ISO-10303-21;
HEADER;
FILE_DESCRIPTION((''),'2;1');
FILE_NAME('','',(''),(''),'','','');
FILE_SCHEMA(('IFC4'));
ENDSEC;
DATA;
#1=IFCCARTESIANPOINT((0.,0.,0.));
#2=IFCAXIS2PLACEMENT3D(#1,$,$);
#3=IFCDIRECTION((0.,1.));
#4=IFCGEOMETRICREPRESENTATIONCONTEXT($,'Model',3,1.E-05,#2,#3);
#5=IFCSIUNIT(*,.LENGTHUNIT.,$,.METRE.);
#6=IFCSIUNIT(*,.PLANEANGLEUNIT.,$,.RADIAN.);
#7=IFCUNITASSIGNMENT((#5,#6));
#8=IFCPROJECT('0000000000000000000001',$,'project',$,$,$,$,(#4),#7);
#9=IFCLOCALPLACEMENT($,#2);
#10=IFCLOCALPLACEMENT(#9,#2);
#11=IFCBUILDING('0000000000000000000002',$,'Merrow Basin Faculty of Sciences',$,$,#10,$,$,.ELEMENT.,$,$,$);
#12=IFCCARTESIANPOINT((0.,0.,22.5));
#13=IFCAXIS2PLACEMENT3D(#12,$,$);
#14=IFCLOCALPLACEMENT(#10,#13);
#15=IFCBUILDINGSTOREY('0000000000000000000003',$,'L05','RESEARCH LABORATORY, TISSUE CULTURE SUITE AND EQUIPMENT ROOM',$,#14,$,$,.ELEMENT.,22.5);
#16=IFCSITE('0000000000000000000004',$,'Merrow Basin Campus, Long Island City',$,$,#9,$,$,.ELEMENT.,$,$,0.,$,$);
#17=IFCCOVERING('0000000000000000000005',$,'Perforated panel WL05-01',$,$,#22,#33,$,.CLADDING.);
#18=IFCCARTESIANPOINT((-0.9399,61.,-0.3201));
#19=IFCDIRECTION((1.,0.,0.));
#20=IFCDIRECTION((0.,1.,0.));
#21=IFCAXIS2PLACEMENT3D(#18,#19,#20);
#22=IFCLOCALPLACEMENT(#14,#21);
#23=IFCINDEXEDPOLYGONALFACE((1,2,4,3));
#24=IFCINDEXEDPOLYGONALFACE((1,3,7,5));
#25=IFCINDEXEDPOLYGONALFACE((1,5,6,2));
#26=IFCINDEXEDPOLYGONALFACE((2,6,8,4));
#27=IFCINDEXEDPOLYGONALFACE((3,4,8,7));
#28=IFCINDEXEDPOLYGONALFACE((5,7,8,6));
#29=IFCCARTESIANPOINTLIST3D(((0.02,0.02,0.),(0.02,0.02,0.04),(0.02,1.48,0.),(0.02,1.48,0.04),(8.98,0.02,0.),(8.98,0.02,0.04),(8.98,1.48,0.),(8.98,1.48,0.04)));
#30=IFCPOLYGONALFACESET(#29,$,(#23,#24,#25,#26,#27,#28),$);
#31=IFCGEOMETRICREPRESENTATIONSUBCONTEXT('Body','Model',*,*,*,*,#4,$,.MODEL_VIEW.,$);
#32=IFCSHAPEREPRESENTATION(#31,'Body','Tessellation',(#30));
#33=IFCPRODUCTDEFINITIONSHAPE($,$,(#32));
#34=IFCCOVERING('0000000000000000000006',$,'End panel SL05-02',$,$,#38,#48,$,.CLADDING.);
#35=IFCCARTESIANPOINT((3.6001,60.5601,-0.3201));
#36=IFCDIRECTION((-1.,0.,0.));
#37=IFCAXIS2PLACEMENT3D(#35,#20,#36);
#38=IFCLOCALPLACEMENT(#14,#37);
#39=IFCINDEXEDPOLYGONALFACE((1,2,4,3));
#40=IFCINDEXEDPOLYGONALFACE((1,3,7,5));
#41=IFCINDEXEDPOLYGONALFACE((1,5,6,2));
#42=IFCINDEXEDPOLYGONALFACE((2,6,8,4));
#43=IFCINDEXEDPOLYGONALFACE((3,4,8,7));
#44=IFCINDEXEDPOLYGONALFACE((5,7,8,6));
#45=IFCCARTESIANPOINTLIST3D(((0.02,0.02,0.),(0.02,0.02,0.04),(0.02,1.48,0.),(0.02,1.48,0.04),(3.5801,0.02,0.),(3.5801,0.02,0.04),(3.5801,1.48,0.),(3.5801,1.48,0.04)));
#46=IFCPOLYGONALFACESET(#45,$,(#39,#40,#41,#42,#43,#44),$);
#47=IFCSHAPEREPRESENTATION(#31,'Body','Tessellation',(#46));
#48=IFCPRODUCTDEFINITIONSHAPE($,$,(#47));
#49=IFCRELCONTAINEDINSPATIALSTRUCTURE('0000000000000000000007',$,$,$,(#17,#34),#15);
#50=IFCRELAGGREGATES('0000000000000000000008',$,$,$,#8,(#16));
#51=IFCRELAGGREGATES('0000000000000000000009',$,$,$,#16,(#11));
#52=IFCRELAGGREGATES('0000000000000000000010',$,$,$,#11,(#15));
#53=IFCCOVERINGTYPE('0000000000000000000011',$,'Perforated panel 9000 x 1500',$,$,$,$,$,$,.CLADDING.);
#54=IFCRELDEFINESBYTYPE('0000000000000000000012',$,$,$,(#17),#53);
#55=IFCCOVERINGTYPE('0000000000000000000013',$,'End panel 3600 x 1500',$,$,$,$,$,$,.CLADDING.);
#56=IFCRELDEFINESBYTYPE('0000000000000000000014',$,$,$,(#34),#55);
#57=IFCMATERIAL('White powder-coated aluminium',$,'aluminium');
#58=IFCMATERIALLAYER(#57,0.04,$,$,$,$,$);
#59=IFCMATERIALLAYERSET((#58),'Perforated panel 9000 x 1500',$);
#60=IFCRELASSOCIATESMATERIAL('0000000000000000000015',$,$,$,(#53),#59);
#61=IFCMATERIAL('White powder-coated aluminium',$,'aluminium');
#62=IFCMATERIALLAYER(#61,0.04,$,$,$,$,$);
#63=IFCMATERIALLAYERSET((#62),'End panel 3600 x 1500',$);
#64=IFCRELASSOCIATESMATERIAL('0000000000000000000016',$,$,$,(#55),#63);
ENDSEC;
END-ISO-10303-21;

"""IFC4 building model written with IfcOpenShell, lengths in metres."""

from ifc_helpers import new_model, si_unit, direction, frame, origin, place, context, subcontext, project, spatial, polyline, outline, extrude, source, transform, mapped, material, layer, layer_set, type_object, element, save


model = new_model("IFC4")

# Units and contexts
model_context = context("Model", 3, precision=1e-05, world=origin(), true_north=direction((0.0, 1.0)))
body_context = subcontext(model_context, "Body", "Model", "MODEL_VIEW")
ifc_project = project(units=[si_unit("LENGTHUNIT", "METRE"), si_unit("PLANEANGLEUNIT", "RADIAN")], contexts=[model_context])

# Site, building, storey
site_placement = place(None, origin())
site = spatial("IfcSite", under=ifc_project, at=site_placement, Name="Merrow Basin Campus, Long Island City", CompositionType="ELEMENT", RefElevation=0.0)
building_placement = place(site_placement, origin())
building = spatial("IfcBuilding", under=site, at=building_placement, Name="Merrow Basin Faculty of Sciences", CompositionType="ELEMENT")
storey_placement = place(building_placement, frame((0.0, 0.0, 22.5)))
storey = spatial("IfcBuildingStorey", under=building, at=storey_placement, Name="L05", Description="RESEARCH LABORATORY, TISSUE CULTURE SUITE AND EQUIPMENT ROOM", CompositionType="ELEMENT", Elevation=22.5)

# Coverings
ifc_material_1 = material(Name="White powder-coated aluminium", Category="aluminium")
ifc_layer_1 = layer(ifc_material_1, 0.04)
ifc_layer_set_1 = layer_set([ifc_layer_1], Name="Perforated panel 9000 x 1500")
covering_type_1 = type_object("IfcCoveringType", Name="Perforated panel 9000 x 1500", PredefinedType="CLADDING", material=ifc_layer_set_1)
shared_shape_1 = source(origin(), body_context, "Body", "SweptSolid", [
    extrude(outline(polyline([(0.02, 0.02), (8.98, 0.02), (8.98, 1.48), (0.02, 1.48), (0.02, 0.02)])), origin(), (0.0, 0.0, 1.0), 0.04),
])
covering_1_placement = place(storey_placement, frame((-0.9399, 61.0, -0.3201), z_axis=(1.0, 0.0, 0.0), x_axis=(0.0, 1.0, 0.0)))
element("IfcCovering", 1, at=covering_1_placement, inside=storey, type_object=covering_type_1, Name="Perforated panel WL05-01", PredefinedType="CLADDING", context=body_context, shape_type="MappedRepresentation", body=[
    mapped(shared_shape_1, transform((0.0, 0.0, 0.0), scale=1.0)),
])
ifc_material_2 = material(Name="White powder-coated aluminium", Category="aluminium")
ifc_layer_2 = layer(ifc_material_2, 0.04)
ifc_layer_set_2 = layer_set([ifc_layer_2], Name="End panel 3600 x 1500")
covering_type_2 = type_object("IfcCoveringType", Name="End panel 3600 x 1500", PredefinedType="CLADDING", material=ifc_layer_set_2)
shared_shape_2 = source(origin(), body_context, "Body", "SweptSolid", [
    extrude(outline(polyline([(0.02, 0.02), (3.5801, 0.02), (3.5801, 1.48), (0.02, 1.48), (0.02, 0.02)])), origin(), (0.0, 0.0, 1.0), 0.04),
])
covering_2_placement = place(storey_placement, frame((3.6001, 60.5601, -0.3201), z_axis=(0.0, 1.0, 0.0), x_axis=(-1.0, 0.0, 0.0)))
element("IfcCovering", 2, at=covering_2_placement, inside=storey, type_object=covering_type_2, Name="End panel SL05-02", PredefinedType="CLADDING", context=body_context, shape_type="MappedRepresentation", body=[
    mapped(shared_shape_2, transform((0.0, 0.0, 0.0), scale=1.0)),
])

save(model, "model.ifc")
